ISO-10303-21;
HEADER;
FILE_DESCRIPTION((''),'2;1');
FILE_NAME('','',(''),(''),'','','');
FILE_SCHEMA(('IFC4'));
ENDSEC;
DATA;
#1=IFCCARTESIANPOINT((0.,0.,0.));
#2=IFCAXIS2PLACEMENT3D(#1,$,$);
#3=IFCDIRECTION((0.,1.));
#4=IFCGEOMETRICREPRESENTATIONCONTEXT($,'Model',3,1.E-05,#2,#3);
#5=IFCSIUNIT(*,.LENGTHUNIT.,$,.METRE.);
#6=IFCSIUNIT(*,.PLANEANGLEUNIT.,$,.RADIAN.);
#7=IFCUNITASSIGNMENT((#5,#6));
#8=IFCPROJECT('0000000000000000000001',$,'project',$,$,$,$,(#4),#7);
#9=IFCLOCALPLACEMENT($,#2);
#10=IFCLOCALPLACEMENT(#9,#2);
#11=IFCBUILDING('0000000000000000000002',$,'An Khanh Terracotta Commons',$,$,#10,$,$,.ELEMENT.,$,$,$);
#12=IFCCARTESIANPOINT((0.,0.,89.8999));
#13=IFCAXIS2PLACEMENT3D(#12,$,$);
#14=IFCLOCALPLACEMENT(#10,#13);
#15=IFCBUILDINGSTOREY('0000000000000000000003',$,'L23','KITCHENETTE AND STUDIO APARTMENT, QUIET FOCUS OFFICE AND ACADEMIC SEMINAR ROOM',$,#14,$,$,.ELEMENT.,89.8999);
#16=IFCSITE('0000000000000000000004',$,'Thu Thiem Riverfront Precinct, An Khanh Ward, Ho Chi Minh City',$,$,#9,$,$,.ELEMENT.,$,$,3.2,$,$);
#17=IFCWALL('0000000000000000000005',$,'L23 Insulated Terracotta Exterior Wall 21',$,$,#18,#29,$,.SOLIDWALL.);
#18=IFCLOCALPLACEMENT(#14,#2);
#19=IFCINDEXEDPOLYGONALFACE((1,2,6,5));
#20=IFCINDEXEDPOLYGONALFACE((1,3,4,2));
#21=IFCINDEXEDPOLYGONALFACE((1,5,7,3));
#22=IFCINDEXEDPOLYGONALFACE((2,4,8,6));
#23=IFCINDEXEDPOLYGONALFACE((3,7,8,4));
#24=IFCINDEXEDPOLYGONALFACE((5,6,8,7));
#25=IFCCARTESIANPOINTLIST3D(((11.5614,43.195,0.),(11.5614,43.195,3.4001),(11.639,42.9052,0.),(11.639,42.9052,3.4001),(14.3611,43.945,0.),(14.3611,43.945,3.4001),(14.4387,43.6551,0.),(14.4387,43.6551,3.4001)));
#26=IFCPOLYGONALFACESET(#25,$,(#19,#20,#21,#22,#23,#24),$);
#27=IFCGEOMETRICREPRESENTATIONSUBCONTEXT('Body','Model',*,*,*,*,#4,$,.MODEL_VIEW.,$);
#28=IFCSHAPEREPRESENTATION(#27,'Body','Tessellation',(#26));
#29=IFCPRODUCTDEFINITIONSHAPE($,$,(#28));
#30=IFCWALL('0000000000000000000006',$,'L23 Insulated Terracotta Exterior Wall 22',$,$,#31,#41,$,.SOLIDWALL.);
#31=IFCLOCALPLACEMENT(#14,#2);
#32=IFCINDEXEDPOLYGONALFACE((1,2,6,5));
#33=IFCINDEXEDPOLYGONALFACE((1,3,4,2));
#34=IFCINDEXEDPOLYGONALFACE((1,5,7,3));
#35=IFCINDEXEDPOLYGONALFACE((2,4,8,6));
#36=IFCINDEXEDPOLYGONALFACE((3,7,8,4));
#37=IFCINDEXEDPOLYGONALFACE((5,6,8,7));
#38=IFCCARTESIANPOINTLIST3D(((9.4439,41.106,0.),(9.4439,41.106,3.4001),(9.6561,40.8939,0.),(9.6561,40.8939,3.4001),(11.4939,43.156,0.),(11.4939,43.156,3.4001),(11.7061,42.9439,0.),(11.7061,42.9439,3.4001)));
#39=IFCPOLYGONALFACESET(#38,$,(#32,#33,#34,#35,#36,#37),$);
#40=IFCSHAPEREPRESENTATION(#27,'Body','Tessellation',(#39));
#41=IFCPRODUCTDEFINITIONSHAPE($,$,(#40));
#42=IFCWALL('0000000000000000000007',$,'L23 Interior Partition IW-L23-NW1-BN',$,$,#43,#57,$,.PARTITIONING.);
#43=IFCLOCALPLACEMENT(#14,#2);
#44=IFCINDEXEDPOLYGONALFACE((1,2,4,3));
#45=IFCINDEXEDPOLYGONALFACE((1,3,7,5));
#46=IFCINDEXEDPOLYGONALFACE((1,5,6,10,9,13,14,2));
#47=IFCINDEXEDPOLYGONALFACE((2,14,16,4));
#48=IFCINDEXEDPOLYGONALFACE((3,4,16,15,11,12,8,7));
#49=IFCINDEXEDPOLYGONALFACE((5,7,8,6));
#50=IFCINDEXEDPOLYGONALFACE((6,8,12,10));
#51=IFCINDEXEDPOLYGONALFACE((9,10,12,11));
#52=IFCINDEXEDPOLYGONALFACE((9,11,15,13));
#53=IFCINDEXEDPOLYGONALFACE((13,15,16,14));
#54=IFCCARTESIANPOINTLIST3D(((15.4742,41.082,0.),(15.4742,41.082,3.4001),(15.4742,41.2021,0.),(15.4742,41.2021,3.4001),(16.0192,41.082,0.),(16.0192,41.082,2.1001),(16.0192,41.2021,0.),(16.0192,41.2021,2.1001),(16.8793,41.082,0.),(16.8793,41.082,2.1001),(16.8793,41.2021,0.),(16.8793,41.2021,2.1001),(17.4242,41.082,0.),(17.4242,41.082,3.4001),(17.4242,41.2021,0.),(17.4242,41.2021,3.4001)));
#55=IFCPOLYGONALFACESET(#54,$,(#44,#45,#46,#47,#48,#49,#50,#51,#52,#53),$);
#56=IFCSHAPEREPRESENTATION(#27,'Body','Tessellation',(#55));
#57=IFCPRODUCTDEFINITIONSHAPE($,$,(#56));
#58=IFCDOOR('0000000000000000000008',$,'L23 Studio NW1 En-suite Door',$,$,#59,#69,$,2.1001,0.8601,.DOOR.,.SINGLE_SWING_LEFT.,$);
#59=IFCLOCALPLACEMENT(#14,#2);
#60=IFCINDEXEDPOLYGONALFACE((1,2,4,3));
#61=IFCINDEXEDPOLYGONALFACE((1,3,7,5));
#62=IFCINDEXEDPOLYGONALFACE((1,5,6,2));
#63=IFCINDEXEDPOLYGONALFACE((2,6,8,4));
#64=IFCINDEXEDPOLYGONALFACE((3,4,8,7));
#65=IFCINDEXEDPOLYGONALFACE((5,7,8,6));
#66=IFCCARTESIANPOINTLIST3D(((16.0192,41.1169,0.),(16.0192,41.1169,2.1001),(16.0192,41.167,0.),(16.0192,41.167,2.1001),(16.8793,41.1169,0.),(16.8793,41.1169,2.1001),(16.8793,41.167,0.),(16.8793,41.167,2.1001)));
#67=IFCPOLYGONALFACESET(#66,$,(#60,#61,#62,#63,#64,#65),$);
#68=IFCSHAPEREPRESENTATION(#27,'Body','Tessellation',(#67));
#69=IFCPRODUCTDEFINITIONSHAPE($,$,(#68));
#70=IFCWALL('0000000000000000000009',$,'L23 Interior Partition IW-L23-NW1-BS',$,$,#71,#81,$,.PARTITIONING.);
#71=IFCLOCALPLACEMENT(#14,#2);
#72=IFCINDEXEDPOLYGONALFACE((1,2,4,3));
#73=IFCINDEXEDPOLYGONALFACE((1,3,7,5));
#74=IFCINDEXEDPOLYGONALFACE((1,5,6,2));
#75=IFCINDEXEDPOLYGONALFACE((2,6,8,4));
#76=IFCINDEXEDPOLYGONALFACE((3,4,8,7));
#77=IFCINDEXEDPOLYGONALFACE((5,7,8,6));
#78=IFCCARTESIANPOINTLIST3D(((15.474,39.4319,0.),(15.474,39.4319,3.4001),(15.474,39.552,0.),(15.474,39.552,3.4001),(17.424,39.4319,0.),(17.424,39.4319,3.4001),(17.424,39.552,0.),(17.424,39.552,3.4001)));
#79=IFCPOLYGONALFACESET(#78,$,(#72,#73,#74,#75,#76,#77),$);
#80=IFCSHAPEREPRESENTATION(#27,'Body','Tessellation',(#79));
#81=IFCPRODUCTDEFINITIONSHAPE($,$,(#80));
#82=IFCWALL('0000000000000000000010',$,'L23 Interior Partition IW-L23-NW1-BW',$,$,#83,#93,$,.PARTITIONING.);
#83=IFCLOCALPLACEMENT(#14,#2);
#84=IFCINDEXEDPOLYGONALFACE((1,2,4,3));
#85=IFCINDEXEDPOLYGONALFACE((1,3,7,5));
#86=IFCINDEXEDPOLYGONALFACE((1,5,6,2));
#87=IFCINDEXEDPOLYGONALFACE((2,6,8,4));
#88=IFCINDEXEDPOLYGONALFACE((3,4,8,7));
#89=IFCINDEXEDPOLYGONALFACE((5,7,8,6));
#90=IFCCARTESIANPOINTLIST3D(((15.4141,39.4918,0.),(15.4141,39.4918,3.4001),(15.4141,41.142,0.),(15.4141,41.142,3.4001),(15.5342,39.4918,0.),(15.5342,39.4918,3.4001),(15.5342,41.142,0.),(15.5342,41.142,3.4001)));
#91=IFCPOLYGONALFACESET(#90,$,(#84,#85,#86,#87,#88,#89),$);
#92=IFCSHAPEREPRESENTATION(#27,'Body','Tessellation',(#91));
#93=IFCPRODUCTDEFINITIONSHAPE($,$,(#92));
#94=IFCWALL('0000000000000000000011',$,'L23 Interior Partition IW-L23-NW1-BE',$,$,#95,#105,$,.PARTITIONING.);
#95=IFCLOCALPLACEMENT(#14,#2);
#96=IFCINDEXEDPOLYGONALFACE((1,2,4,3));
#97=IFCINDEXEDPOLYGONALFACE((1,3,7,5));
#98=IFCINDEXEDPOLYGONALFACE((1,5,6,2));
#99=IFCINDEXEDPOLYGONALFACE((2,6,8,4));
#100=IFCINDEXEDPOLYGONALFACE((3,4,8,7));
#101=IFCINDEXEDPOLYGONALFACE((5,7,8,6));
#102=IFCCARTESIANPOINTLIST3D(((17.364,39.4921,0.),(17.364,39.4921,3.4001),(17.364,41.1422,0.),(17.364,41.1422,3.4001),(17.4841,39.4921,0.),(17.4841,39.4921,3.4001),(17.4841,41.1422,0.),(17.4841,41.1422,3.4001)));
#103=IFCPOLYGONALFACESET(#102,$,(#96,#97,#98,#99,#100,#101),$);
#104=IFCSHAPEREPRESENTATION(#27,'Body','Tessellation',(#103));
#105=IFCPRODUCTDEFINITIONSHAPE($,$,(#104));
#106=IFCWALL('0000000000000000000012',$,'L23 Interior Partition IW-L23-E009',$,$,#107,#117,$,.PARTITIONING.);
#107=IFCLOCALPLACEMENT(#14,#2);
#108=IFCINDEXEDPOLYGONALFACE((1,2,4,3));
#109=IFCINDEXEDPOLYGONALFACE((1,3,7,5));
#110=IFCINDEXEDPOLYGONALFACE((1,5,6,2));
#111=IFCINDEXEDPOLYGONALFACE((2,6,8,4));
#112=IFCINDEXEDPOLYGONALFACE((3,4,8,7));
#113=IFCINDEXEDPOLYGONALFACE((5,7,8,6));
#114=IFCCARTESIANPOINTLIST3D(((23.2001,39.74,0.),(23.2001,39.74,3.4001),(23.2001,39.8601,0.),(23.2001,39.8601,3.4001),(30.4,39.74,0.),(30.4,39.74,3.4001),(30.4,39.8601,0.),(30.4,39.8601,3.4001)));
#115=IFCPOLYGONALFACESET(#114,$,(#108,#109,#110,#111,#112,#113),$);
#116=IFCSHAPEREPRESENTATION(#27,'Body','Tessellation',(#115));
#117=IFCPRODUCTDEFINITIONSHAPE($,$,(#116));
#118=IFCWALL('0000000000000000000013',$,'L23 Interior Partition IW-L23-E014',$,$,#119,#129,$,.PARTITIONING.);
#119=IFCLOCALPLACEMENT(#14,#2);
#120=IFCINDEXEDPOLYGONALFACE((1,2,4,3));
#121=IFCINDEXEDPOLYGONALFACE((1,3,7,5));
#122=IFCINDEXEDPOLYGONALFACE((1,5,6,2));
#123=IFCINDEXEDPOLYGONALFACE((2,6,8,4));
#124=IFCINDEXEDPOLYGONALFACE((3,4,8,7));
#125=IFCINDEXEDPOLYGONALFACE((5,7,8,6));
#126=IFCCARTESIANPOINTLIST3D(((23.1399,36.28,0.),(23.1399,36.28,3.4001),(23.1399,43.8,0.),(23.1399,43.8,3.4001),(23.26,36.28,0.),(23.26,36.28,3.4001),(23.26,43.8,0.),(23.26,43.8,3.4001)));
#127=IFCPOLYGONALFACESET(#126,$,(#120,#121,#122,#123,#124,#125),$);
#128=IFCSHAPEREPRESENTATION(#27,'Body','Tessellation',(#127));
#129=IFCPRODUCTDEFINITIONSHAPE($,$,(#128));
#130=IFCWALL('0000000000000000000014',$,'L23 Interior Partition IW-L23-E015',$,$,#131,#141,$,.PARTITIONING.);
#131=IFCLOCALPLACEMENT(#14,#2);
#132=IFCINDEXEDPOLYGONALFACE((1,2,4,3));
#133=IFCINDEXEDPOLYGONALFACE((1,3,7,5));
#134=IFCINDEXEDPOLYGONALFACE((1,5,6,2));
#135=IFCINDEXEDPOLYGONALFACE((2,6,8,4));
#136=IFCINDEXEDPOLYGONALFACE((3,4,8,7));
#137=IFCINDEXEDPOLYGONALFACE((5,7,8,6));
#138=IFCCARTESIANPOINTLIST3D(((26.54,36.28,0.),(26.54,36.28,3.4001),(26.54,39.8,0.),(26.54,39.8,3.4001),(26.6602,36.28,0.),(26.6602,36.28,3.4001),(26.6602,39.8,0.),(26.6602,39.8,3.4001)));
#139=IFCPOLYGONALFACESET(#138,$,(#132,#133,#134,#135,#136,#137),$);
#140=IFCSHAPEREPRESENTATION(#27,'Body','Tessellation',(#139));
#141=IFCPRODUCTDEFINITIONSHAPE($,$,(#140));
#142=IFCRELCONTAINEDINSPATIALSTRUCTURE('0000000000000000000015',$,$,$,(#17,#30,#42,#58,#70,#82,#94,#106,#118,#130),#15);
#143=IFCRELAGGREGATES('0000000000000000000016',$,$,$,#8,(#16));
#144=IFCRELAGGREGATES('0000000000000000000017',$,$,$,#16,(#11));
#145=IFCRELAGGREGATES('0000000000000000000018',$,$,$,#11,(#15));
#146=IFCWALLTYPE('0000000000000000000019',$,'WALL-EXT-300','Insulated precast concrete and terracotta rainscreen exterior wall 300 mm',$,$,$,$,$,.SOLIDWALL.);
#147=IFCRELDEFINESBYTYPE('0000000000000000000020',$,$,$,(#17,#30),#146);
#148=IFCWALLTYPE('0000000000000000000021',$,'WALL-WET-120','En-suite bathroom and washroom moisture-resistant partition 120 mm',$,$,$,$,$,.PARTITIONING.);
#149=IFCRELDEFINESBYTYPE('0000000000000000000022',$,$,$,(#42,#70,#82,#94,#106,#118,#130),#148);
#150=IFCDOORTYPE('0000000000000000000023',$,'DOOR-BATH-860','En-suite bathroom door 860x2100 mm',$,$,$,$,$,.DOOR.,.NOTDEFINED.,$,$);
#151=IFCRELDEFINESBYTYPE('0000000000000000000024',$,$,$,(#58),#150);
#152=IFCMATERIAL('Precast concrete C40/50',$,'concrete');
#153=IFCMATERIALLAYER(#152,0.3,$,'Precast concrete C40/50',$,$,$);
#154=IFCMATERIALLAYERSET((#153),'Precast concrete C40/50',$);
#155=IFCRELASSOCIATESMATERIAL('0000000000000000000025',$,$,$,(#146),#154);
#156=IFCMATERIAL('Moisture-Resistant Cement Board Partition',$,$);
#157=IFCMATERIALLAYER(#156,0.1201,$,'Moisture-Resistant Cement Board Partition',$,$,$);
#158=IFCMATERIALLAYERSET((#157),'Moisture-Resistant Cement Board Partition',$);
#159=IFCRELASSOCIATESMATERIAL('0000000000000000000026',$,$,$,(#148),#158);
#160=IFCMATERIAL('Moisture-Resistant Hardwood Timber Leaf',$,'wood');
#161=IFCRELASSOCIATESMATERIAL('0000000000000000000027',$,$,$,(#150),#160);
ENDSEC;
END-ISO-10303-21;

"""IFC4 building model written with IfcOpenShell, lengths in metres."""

from ifc_helpers import new_model, si_unit, direction, frame, frame_2d, origin, place, context, subcontext, project, spatial, rectangle, extrude, material, layer, layer_set, type_object, element, fill, save


model = new_model("IFC4")

# Units and contexts
model_context = context("Model", 3, precision=1e-05, world=origin(), true_north=direction((0.0, 1.0)))
body_context = subcontext(model_context, "Body", "Model", "MODEL_VIEW")
ifc_project = project(units=[si_unit("LENGTHUNIT", "METRE"), si_unit("PLANEANGLEUNIT", "RADIAN")], contexts=[model_context])

# Site, building, storey
site_placement = place(None, origin())
site = spatial("IfcSite", under=ifc_project, at=site_placement, Name="Thu Thiem Riverfront Precinct, An Khanh Ward, Ho Chi Minh City", CompositionType="ELEMENT", RefElevation=3.2)
building_placement = place(site_placement, origin())
building = spatial("IfcBuilding", under=site, at=building_placement, Name="An Khanh Terracotta Commons", CompositionType="ELEMENT")
storey_placement = place(building_placement, frame((0.0, 0.0, 89.8999)))
storey = spatial("IfcBuildingStorey", under=building, at=storey_placement, Name="L23", Description="KITCHENETTE AND STUDIO APARTMENT, QUIET FOCUS OFFICE AND ACADEMIC SEMINAR ROOM", CompositionType="ELEMENT", Elevation=89.8999)

# Walls
ifc_material_1 = material(Name="Precast concrete C40/50", Category="concrete")
ifc_layer_1 = layer(ifc_material_1, 0.3, Name="Precast concrete C40/50")
ifc_layer_set_1 = layer_set([ifc_layer_1], Name="Precast concrete C40/50")
wall_type_1 = type_object("IfcWallType", Name="WALL-EXT-300", Description="Insulated precast concrete and terracotta rainscreen exterior wall 300 mm", PredefinedType="SOLIDWALL", material=ifc_layer_set_1)
wall_1_placement = place(storey_placement, frame((14.3999, 43.8, 0.0), z_axis=(0.0, 0.0, 1.0), x_axis=(-0.965944, -0.258753, 0.0)))
element("IfcWall", 1, at=wall_1_placement, inside=storey, type_object=wall_type_1, Name="L23 Insulated Terracotta Exterior Wall 21", PredefinedType="SOLIDWALL", context=body_context, shape_type="SweptSolid", body=[
    extrude(rectangle(XDim=2.8984, YDim=0.3, at=frame_2d((1.4492, 0.0))), origin(), (0.0, 0.0, 1.0), 3.4001),
])
wall_2_placement = place(storey_placement, frame((11.6001, 43.05, 0.0), z_axis=(0.0, 0.0, 1.0), x_axis=(-0.707107, -0.707107, 0.0)))
element("IfcWall", 2, at=wall_2_placement, inside=storey, type_object=wall_type_1, Name="L23 Insulated Terracotta Exterior Wall 22", PredefinedType="SOLIDWALL", context=body_context, shape_type="SweptSolid", body=[
    extrude(rectangle(XDim=2.8992, YDim=0.3, at=frame_2d((1.4497, 0.0))), origin(), (0.0, 0.0, 1.0), 3.4001),
])

# Wall, opening, door
ifc_material_2 = material(Name="Moisture-Resistant Cement Board Partition")
ifc_layer_2 = layer(ifc_material_2, 0.1201, Name="Moisture-Resistant Cement Board Partition")
ifc_layer_set_2 = layer_set([ifc_layer_2], Name="Moisture-Resistant Cement Board Partition")
wall_type_2 = type_object("IfcWallType", Name="WALL-WET-120", Description="En-suite bathroom and washroom moisture-resistant partition 120 mm", PredefinedType="PARTITIONING", material=ifc_layer_set_2)
wall_3_placement = place(storey_placement, frame((15.4741, 41.1421, 0.0), z_axis=(0.0, 0.0, 1.0), x_axis=(1.0, 0.0, 0.0)))
wall_3 = element("IfcWall", 3, at=wall_3_placement, inside=storey, type_object=wall_type_2, Name="L23 Interior Partition IW-L23-NW1-BN", PredefinedType="PARTITIONING", context=body_context, shape_type="SweptSolid", body=[
    extrude(rectangle(XDim=1.95, YDim=0.1201, at=frame_2d((0.9751, 0.0))), origin(), (0.0, 0.0, 1.0), 3.4001),
])
opening_placement = place(wall_3_placement, frame((0.5449, 0.0, 0.0)))
opening = element("IfcOpeningElement", 4, at=opening_placement, cuts=wall_3, PredefinedType="OPENING", context=body_context, shape_type="SweptSolid", body=[
    extrude(rectangle(XDim=0.8601, YDim=2.1001, at=frame_2d((0.4302, 1.05))), frame((0.0, 0.0701, 0.0), z_axis=(0.0, -1.0, 0.0), x_axis=(1.0, 0.0, 0.0)), (0.0, 0.0, 1.0), 0.1401),
])
ifc_material_3 = material(Name="Moisture-Resistant Hardwood Timber Leaf", Category="wood")
door_type = type_object("IfcDoorType", Name="DOOR-BATH-860", Description="En-suite bathroom door 860x2100 mm", OperationType="NOTDEFINED", PredefinedType="DOOR", material=ifc_material_3)
door_placement = place(opening_placement, origin())
door = element("IfcDoor", 5, at=door_placement, inside=storey, type_object=door_type, Name="L23 Studio NW1 En-suite Door", OperationType="SINGLE_SWING_LEFT", OverallHeight=2.1001, OverallWidth=0.8601, PredefinedType="DOOR", context=body_context, shape_type="SweptSolid", body=[
    extrude(rectangle(XDim=0.8601, YDim=2.1001, at=frame_2d((0.4302, 1.05))), frame((0.0, 0.0249, 0.0), z_axis=(0.0, -1.0, 0.0), x_axis=(1.0, 0.0, 0.0)), (0.0, 0.0, 1.0), 0.05),
])
fill(opening, door)

# Walls
wall_4_placement = place(storey_placement, frame((17.4241, 39.4919, 0.0), z_axis=(0.0, 0.0, 1.0), x_axis=(-1.0, 0.0, 0.0)))
element("IfcWall", 6, at=wall_4_placement, inside=storey, type_object=wall_type_2, Name="L23 Interior Partition IW-L23-NW1-BS", PredefinedType="PARTITIONING", context=body_context, shape_type="SweptSolid", body=[
    extrude(rectangle(XDim=1.95, YDim=0.1201, at=frame_2d((0.9751, 0.0))), origin(), (0.0, 0.0, 1.0), 3.4001),
])
for number, where, z_axis, x_axis, name in (
    (7, (15.4741, 41.1421, 0.0), (0.0, 0.0, 1.0), (0.0, -1.0, 0.0), "L23 Interior Partition IW-L23-NW1-BW"),
    (8, (17.4241, 39.4919, 0.0), (0.0, 0.0, 1.0), (0.0, 1.0, 0.0), "L23 Interior Partition IW-L23-NW1-BE"),
):
    element("IfcWall", number, at=place(storey_placement, frame(where, z_axis=z_axis, x_axis=x_axis)), inside=storey, type_object=wall_type_2, Name=name, PredefinedType="PARTITIONING", context=body_context, shape_type="SweptSolid", body=[
        extrude(rectangle(XDim=1.6501, YDim=0.1201, at=frame_2d((0.8252, 0.0))), origin(), (0.0, 0.0, 1.0), 3.4001),
    ])
wall_5_placement = place(storey_placement, frame((23.2, 39.8, 0.0), z_axis=(0.0, 0.0, 1.0), x_axis=(1.0, 0.0, 0.0)))
element("IfcWall", 9, at=wall_5_placement, inside=storey, type_object=wall_type_2, Name="L23 Interior Partition IW-L23-E009", PredefinedType="PARTITIONING", context=body_context, shape_type="SweptSolid", body=[
    extrude(rectangle(XDim=7.2, YDim=0.1201, at=frame_2d((3.6001, 0.0))), origin(), (0.0, 0.0, 1.0), 3.4001),
])
wall_6_placement = place(storey_placement, frame((23.2, 36.28, 0.0), z_axis=(0.0, 0.0, 1.0), x_axis=(0.0, 1.0, 0.0)))
element("IfcWall", 10, at=wall_6_placement, inside=storey, type_object=wall_type_2, Name="L23 Interior Partition IW-L23-E014", PredefinedType="PARTITIONING", context=body_context, shape_type="SweptSolid", body=[
    extrude(rectangle(XDim=7.52, YDim=0.1201, at=frame_2d((3.76, 0.0))), origin(), (0.0, 0.0, 1.0), 3.4001),
])
wall_7_placement = place(storey_placement, frame((26.6001, 36.28, 0.0), z_axis=(0.0, 0.0, 1.0), x_axis=(0.0, 1.0, 0.0)))
element("IfcWall", 11, at=wall_7_placement, inside=storey, type_object=wall_type_2, Name="L23 Interior Partition IW-L23-E015", PredefinedType="PARTITIONING", context=body_context, shape_type="SweptSolid", body=[
    extrude(rectangle(XDim=3.52, YDim=0.1201, at=frame_2d((1.76, 0.0))), origin(), (0.0, 0.0, 1.0), 3.4001),
])

save(model, "model.ifc")
